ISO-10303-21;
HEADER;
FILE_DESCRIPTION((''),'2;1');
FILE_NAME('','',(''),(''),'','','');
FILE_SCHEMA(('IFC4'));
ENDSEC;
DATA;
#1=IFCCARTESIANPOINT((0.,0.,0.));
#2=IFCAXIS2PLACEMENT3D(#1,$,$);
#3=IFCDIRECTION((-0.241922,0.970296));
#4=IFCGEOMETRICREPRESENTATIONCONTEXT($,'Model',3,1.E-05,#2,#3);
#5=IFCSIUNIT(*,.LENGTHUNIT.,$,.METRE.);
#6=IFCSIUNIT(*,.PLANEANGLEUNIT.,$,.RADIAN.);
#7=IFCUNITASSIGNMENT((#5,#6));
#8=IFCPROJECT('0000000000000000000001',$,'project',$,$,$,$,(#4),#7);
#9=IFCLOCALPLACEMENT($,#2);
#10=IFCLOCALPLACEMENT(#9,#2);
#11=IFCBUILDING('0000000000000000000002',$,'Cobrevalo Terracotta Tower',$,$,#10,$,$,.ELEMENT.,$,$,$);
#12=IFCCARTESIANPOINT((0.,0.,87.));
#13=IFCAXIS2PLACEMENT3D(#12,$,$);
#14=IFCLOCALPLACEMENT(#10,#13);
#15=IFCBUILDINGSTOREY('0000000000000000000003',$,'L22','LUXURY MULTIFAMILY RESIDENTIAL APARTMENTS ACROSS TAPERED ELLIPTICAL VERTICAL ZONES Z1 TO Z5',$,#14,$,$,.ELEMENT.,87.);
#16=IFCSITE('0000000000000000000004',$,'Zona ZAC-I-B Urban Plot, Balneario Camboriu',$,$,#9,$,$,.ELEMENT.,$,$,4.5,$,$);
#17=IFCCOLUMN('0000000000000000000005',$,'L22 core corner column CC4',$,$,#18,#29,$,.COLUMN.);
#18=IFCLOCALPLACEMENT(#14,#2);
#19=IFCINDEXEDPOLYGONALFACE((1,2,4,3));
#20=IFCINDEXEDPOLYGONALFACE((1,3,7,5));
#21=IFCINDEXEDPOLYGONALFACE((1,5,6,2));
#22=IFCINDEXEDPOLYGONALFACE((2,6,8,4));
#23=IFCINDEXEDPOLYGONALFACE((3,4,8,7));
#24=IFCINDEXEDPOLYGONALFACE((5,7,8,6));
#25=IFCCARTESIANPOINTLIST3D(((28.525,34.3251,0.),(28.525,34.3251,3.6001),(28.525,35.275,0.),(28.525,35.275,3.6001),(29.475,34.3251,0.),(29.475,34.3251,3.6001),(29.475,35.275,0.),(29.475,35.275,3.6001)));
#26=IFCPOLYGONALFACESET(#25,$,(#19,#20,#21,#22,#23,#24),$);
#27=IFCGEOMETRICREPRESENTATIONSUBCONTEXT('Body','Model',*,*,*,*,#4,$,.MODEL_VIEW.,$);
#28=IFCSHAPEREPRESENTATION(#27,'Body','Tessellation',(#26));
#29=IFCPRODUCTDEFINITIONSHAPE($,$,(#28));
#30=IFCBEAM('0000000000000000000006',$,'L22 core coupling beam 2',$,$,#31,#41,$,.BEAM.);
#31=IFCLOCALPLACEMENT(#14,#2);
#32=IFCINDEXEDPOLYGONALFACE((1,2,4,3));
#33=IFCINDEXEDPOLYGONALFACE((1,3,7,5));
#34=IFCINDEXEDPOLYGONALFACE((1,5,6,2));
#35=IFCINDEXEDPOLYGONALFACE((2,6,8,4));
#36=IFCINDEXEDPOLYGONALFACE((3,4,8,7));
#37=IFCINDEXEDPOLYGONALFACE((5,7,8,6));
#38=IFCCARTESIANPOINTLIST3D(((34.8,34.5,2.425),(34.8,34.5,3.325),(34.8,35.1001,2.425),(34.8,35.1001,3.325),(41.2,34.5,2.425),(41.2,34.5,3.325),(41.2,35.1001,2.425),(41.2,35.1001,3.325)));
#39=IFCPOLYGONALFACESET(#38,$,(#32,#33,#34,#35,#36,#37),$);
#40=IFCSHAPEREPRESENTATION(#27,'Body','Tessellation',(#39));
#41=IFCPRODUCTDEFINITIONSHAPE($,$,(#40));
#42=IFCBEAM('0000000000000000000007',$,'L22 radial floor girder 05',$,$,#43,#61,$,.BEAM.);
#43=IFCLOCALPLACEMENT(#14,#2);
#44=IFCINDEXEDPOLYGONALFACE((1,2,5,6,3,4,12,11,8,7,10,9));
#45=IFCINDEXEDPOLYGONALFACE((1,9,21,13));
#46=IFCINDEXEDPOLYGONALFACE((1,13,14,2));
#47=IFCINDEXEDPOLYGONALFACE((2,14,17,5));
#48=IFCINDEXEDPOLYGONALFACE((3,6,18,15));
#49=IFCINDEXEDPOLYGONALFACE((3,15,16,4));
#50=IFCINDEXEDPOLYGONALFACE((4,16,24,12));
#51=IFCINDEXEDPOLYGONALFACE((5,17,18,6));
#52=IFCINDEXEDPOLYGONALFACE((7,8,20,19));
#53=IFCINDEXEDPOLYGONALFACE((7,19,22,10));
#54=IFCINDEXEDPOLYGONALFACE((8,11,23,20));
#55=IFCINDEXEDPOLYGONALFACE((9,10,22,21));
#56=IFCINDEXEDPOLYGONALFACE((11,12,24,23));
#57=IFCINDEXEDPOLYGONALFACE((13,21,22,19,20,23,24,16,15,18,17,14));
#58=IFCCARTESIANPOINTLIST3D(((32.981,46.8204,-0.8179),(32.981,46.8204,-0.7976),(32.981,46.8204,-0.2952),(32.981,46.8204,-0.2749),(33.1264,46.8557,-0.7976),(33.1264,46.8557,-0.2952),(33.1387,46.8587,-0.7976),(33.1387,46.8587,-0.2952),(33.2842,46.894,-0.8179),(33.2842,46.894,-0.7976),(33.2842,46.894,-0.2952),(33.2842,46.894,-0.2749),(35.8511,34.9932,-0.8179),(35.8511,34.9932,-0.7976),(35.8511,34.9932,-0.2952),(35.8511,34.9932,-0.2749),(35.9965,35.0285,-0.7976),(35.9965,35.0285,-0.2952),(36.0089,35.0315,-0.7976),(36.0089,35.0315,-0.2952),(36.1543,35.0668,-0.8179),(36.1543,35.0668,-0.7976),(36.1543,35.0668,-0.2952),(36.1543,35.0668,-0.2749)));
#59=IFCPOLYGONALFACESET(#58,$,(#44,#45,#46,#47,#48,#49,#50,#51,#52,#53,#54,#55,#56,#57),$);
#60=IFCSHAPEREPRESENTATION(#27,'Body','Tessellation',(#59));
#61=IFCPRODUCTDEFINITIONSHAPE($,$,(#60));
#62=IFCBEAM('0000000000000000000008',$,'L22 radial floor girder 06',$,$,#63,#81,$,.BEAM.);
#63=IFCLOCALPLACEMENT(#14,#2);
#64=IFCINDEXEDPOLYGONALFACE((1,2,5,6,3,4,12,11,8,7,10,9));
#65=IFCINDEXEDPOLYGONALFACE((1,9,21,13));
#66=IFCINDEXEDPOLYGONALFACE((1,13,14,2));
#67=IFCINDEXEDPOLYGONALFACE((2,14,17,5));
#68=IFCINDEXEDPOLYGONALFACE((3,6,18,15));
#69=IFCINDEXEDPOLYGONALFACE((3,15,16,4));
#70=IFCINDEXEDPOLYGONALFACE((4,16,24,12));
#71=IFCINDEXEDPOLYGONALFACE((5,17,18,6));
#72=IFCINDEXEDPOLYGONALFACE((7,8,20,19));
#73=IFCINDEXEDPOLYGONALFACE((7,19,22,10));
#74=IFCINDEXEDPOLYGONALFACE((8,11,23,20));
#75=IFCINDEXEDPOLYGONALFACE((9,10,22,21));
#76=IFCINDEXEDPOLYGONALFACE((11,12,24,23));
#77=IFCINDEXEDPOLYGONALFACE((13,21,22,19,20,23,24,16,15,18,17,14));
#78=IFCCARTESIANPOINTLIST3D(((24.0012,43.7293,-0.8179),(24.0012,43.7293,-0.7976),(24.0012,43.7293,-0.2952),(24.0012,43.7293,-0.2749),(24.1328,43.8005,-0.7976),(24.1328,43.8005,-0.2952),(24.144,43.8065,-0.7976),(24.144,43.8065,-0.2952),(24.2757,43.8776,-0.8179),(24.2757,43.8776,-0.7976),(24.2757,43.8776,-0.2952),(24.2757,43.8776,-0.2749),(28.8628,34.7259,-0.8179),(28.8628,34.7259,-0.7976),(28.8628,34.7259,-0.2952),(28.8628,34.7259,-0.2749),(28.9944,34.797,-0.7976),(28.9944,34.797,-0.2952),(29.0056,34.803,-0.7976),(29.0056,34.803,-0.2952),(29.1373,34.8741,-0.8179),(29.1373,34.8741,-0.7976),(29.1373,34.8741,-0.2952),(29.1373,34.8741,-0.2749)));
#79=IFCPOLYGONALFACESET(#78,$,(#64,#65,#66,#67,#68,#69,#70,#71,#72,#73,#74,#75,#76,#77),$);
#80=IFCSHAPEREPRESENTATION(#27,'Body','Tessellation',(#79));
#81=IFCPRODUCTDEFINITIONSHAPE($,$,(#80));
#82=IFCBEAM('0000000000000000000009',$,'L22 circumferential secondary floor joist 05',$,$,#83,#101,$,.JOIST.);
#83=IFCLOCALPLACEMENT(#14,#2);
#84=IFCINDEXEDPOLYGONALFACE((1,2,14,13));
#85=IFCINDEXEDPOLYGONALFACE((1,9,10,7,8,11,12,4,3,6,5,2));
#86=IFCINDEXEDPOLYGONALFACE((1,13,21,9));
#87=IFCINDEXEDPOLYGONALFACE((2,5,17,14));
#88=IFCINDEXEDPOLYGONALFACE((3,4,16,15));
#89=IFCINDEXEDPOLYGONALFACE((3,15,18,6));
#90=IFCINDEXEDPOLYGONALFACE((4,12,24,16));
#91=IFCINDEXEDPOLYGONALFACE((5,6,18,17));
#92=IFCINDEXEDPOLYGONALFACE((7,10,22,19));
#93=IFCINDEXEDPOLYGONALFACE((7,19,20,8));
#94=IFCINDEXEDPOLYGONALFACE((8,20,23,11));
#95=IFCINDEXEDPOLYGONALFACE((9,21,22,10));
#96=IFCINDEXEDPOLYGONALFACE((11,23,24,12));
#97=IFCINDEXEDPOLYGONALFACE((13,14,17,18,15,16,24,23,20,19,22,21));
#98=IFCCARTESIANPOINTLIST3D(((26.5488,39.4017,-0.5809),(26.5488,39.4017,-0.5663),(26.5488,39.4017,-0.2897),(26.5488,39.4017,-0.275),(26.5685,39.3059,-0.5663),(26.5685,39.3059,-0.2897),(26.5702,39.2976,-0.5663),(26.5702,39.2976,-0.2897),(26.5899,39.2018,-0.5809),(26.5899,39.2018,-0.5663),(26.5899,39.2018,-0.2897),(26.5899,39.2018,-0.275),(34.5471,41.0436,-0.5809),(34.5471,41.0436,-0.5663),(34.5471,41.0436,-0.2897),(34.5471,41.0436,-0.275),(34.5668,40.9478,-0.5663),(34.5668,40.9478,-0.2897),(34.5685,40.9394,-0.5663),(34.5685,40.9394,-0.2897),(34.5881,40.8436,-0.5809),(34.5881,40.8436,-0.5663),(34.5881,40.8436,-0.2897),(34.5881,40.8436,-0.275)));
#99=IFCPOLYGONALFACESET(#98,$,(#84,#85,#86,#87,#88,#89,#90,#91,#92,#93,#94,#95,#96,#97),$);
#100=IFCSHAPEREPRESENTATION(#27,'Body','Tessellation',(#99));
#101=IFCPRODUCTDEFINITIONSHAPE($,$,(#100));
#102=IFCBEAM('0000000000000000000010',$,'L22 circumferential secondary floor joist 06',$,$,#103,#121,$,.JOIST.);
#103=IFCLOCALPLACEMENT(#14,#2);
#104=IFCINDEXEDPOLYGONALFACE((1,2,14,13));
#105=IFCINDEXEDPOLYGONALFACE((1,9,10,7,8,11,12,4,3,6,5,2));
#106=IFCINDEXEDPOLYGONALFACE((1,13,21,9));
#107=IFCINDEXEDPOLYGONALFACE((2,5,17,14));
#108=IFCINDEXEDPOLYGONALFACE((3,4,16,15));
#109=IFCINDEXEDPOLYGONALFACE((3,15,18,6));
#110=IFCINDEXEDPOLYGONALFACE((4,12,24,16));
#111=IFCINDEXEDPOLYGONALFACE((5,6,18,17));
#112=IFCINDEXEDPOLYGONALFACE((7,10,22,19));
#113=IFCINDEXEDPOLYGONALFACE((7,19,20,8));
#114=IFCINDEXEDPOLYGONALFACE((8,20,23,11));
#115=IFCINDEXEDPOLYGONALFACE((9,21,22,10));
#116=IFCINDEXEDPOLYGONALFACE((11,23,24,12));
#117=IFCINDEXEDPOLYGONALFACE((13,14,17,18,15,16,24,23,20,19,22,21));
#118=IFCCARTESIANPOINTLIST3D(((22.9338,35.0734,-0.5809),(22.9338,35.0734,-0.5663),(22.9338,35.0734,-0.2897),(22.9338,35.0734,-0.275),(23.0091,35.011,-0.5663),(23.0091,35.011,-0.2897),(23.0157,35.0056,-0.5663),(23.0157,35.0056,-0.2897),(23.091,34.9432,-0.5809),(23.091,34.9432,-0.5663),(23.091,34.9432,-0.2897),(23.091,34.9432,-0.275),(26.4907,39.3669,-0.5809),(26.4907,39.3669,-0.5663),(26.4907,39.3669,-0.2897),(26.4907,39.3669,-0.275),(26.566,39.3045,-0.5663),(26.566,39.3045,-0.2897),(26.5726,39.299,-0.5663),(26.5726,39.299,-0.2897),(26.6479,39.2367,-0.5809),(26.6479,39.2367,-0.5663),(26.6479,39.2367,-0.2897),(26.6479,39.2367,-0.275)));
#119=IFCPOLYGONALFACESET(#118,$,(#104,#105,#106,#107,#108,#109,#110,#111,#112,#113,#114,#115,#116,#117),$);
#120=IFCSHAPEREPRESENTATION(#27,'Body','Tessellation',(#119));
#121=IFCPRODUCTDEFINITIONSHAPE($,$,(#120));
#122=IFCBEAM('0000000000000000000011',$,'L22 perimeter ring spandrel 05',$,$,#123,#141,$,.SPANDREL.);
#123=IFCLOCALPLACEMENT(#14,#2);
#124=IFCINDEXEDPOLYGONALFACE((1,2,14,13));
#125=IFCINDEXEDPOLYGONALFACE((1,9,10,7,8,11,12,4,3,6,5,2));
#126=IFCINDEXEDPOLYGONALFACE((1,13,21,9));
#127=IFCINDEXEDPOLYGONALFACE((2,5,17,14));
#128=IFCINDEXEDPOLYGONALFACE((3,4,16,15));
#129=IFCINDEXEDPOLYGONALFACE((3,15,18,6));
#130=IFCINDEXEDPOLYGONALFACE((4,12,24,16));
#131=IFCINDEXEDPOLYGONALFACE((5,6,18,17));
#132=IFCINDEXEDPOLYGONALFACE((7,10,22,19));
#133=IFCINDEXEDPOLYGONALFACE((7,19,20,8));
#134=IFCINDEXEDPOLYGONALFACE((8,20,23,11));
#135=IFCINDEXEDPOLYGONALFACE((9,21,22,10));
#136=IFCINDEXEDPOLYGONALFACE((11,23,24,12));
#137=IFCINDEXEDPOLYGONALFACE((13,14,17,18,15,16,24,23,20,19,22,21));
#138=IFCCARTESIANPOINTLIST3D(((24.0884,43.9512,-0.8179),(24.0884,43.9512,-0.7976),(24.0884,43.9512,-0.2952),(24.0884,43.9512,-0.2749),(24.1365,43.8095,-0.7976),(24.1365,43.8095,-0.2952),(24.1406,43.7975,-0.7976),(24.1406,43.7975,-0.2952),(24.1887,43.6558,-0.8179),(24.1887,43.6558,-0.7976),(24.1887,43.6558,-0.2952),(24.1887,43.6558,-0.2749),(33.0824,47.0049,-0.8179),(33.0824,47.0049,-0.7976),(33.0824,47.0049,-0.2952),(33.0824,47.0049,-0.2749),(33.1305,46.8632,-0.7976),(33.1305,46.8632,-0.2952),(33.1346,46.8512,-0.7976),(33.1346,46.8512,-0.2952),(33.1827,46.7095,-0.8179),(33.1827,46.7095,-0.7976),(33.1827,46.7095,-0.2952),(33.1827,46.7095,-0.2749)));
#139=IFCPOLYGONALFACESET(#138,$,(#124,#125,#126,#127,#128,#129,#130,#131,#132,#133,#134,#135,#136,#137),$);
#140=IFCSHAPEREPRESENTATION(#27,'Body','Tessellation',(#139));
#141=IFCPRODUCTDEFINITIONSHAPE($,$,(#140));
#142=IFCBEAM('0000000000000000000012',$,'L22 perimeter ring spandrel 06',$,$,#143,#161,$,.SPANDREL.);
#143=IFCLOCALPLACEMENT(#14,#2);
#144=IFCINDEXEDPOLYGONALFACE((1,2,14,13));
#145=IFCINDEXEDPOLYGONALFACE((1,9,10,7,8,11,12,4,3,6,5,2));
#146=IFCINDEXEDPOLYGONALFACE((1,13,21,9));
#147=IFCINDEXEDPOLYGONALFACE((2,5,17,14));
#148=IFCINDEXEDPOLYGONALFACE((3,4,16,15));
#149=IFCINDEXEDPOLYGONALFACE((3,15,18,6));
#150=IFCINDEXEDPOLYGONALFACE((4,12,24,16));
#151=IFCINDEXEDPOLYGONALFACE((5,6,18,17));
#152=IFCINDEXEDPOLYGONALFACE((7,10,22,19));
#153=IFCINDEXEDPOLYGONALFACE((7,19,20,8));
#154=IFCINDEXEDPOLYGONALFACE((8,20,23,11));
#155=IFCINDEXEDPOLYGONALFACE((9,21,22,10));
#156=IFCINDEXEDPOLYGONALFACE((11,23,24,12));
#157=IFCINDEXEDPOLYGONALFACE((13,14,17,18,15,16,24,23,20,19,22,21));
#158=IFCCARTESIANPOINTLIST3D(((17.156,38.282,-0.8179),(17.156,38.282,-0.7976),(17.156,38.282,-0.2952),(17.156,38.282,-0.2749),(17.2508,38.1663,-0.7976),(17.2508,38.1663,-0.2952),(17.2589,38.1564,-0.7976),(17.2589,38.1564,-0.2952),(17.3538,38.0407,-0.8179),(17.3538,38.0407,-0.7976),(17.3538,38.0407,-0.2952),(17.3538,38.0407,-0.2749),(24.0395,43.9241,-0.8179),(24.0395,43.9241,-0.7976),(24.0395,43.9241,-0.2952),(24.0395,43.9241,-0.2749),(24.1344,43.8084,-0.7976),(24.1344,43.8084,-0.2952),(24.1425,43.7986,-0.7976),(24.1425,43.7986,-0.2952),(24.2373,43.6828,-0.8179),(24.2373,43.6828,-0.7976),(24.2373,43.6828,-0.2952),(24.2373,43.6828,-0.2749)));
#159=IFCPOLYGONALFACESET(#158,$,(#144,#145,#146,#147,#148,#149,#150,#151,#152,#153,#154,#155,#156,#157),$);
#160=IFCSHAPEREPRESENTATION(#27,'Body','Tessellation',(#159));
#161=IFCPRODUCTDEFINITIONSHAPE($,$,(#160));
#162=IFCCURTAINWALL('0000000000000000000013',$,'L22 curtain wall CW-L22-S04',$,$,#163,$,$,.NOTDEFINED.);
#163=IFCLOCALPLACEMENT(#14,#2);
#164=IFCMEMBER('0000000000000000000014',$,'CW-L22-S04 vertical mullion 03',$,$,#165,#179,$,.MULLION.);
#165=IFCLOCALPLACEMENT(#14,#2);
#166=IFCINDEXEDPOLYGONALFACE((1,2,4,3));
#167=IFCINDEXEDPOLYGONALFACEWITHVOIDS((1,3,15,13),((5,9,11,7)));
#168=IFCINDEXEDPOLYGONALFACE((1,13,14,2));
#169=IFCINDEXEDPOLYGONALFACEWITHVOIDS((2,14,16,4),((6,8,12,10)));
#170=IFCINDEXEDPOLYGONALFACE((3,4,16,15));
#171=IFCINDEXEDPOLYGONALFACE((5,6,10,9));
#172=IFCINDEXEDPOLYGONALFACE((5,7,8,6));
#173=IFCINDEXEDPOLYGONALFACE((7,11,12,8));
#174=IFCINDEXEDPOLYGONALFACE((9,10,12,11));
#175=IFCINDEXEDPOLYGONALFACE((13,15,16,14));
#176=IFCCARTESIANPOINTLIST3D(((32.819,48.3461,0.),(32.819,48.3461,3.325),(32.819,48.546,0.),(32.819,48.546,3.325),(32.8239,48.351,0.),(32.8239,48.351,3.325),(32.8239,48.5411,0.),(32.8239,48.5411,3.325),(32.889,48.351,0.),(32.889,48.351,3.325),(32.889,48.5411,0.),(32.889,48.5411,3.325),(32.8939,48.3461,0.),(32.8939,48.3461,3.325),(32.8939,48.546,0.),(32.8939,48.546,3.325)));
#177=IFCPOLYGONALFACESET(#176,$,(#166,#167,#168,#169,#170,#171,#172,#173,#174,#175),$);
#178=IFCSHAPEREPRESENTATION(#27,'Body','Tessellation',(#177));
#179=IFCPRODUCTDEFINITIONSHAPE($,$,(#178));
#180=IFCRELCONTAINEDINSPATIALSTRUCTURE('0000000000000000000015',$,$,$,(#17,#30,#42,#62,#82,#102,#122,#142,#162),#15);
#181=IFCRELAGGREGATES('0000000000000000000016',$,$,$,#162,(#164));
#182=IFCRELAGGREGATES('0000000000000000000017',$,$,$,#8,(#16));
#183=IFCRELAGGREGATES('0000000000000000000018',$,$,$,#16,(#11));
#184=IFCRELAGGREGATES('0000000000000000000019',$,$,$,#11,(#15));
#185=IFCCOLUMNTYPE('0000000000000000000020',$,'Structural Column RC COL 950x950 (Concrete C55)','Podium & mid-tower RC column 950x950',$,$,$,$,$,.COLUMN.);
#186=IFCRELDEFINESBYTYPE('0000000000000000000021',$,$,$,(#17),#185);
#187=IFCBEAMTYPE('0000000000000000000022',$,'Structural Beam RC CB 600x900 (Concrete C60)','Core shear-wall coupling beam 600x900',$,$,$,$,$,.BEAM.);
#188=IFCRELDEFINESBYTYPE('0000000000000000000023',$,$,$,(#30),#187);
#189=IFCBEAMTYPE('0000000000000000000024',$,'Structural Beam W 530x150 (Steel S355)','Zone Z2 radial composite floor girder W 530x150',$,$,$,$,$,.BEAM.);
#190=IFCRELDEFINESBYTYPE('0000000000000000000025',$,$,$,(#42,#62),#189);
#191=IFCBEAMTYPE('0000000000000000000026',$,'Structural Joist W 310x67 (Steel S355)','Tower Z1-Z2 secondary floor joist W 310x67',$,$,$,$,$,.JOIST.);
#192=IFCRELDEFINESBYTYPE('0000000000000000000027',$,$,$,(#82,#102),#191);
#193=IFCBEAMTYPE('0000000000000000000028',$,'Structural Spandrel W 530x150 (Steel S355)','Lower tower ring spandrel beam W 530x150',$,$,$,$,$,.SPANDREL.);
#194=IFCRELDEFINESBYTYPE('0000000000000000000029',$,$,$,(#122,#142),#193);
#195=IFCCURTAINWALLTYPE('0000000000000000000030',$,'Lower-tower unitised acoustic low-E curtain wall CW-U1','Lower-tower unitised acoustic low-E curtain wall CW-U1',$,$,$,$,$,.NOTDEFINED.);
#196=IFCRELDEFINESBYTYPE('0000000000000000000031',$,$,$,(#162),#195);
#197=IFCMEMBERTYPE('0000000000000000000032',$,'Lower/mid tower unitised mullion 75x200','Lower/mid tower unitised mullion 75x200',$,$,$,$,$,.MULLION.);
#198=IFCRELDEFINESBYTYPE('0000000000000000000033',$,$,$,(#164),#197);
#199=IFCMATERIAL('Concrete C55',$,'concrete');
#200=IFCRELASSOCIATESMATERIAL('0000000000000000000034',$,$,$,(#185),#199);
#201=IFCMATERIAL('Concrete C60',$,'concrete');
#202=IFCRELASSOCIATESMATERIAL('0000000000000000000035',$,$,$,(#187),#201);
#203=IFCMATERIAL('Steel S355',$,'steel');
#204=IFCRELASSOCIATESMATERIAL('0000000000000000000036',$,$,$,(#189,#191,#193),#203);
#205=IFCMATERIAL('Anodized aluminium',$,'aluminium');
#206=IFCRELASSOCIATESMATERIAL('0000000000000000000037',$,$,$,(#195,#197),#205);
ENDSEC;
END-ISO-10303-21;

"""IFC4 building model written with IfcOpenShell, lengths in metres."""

from ifc_helpers import new_model, si_unit, direction, frame, origin, origin_2d, place, context, subcontext, project, spatial, rectangle, hollow_rectangle, i_section, extrude, source, transform, mapped, material, material_profile, profile_set, type_object, element, aggregate, save


model = new_model("IFC4")

# Units and contexts
model_context = context("Model", 3, precision=1e-05, world=origin(), true_north=direction((-0.241922, 0.970296)))
body_context = subcontext(model_context, "Body", "Model", "MODEL_VIEW")
ifc_project = project(units=[si_unit("LENGTHUNIT", "METRE"), si_unit("PLANEANGLEUNIT", "RADIAN")], contexts=[model_context])

# Site, building, storey
site_placement = place(None, origin())
site = spatial("IfcSite", under=ifc_project, at=site_placement, Name="Zona ZAC-I-B Urban Plot, Balneario Camboriu", CompositionType="ELEMENT", RefElevation=4.5)
building_placement = place(site_placement, origin())
building = spatial("IfcBuilding", under=site, at=building_placement, Name="Cobrevalo Terracotta Tower", CompositionType="ELEMENT")
storey_placement = place(building_placement, frame((0.0, 0.0, 87.0)))
storey = spatial("IfcBuildingStorey", under=building, at=storey_placement, Name="L22", Description="LUXURY MULTIFAMILY RESIDENTIAL APARTMENTS ACROSS TAPERED ELLIPTICAL VERTICAL ZONES Z1 TO Z5", CompositionType="ELEMENT", Elevation=87.0)

# Column
ifc_material_1 = material(Name="Steel S355", Category="steel")
ifc_material_2 = material(Name="Concrete C55", Category="concrete")
ifc_material_profile_1 = material_profile(ifc_material_2, rectangle(XDim=0.95, YDim=0.95, at=origin_2d()), Name="RC COL 950x950")
ifc_profile_set_1 = profile_set([ifc_material_profile_1], Name="Concrete C55")
column_type_1 = type_object("IfcColumnType", Name="Structural Column RC COL 950x950 (Concrete C55)", Description="Podium & mid-tower RC column 950x950", PredefinedType="COLUMN", material=ifc_profile_set_1)
column_placement = place(storey_placement, frame((29.0, 34.8, 0.0), z_axis=(0.0, 0.0, 1.0), x_axis=(1.0, 0.0, 0.0)))
element("IfcColumn", 1, at=column_placement, inside=storey, type_object=column_type_1, Name="L22 core corner column CC4", PredefinedType="COLUMN", context=body_context, shape_type="SweptSolid", body=[
    extrude(rectangle(XDim=0.95, YDim=0.95, at=origin_2d()), origin(), (0.0, 0.0, 1.0), 3.6001),
])

# Beams
ifc_material_3 = material(Name="Concrete C60", Category="concrete")
ifc_material_profile_2 = material_profile(ifc_material_3, rectangle(XDim=0.6001, YDim=0.8999, at=origin_2d()), Name="RC CB 600x900")
ifc_profile_set_2 = profile_set([ifc_material_profile_2], Name="Concrete C60")
beam_type_1 = type_object("IfcBeamType", Name="Structural Beam RC CB 600x900 (Concrete C60)", Description="Core shear-wall coupling beam 600x900", PredefinedType="BEAM", material=ifc_profile_set_2)
beam_1_placement = place(storey_placement, frame((34.8, 34.8, 2.875), z_axis=(1.0, 0.0, 0.0), x_axis=(0.0, 1.0, 0.0)))
element("IfcBeam", 2, at=beam_1_placement, inside=storey, type_object=beam_type_1, Name="L22 core coupling beam 2", PredefinedType="BEAM", context=body_context, shape_type="SweptSolid", body=[
    extrude(rectangle(XDim=0.6001, YDim=0.8999, at=origin_2d()), origin(), (0.0, 0.0, 1.0), 6.3999),
])
ifc_material_profile_3 = material_profile(ifc_material_1, i_section(OverallWidth=0.312, OverallDepth=0.543, WebThickness=0.0127, FlangeThickness=0.0203, at=origin_2d()), Name="W 530x150")
ifc_profile_set_3 = profile_set([ifc_material_profile_3], Name="Steel S355")
beam_type_2 = type_object("IfcBeamType", Name="Structural Beam W 530x150 (Steel S355)", Description="Zone Z2 radial composite floor girder W 530x150", PredefinedType="BEAM", material=ifc_profile_set_3)
beam_2_placement = place(storey_placement, frame((33.1326, 46.8572, -0.5464), z_axis=(0.235827, -0.971795, 0.0), x_axis=(0.971795, 0.235827, 0.0)))
element("IfcBeam", 3, at=beam_2_placement, inside=storey, type_object=beam_type_2, Name="L22 radial floor girder 05", PredefinedType="BEAM", context=body_context, shape_type="SweptSolid", body=[
    extrude(i_section(OverallWidth=0.312, OverallDepth=0.543, WebThickness=0.0127, FlangeThickness=0.0203, at=origin_2d()), origin(), (0.0, 0.0, 1.0), 12.1704),
])
beam_3_placement = place(storey_placement, frame((24.1384, 43.8035, -0.5464), z_axis=(0.475128, -0.879917, 0.0), x_axis=(0.879917, 0.475128, 0.0)))
element("IfcBeam", 4, at=beam_3_placement, inside=storey, type_object=beam_type_2, Name="L22 radial floor girder 06", PredefinedType="BEAM", context=body_context, shape_type="SweptSolid", body=[
    extrude(i_section(OverallWidth=0.312, OverallDepth=0.543, WebThickness=0.0127, FlangeThickness=0.0203, at=origin_2d()), origin(), (0.0, 0.0, 1.0), 10.2322),
])
ifc_material_profile_4 = material_profile(ifc_material_1, i_section(OverallWidth=0.2041, OverallDepth=0.3059, WebThickness=0.0085, FlangeThickness=0.0146, at=origin_2d()), Name="W 310x67")
ifc_profile_set_4 = profile_set([ifc_material_profile_4], Name="Steel S355")
beam_type_3 = type_object("IfcBeamType", Name="Structural Joist W 310x67 (Steel S355)", Description="Tower Z1-Z2 secondary floor joist W 310x67", PredefinedType="JOIST", material=ifc_profile_set_4)
beam_4_placement = place(storey_placement, frame((34.5676, 40.9436, -0.428), z_axis=(-0.979574, -0.201082, 0.0), x_axis=(0.201082, -0.979574, 0.0)))
element("IfcBeam", 5, at=beam_4_placement, inside=storey, type_object=beam_type_3, Name="L22 circumferential secondary floor joist 05", PredefinedType="JOIST", context=body_context, shape_type="SweptSolid", body=[
    extrude(i_section(OverallWidth=0.2041, OverallDepth=0.3059, WebThickness=0.0085, FlangeThickness=0.0146, at=origin_2d()), origin(), (0.0, 0.0, 1.0), 8.165),
])
beam_5_placement = place(storey_placement, frame((26.5693, 39.3018, -0.428), z_axis=(-0.637959, -0.77007, 0.0), x_axis=(0.77007, -0.637959, 0.0)))
element("IfcBeam", 6, at=beam_5_placement, inside=storey, type_object=beam_type_3, Name="L22 circumferential secondary floor joist 06", PredefinedType="JOIST", context=body_context, shape_type="SweptSolid", body=[
    extrude(i_section(OverallWidth=0.2041, OverallDepth=0.3059, WebThickness=0.0085, FlangeThickness=0.0146, at=origin_2d()), origin(), (0.0, 0.0, 1.0), 5.5754),
])
ifc_material_profile_5 = material_profile(ifc_material_1, i_section(OverallWidth=0.312, OverallDepth=0.543, WebThickness=0.0127, FlangeThickness=0.0203, at=origin_2d()), Name="W 530x150")
ifc_profile_set_5 = profile_set([ifc_material_profile_5], Name="Steel S355")
beam_type_4 = type_object("IfcBeamType", Name="Structural Spandrel W 530x150 (Steel S355)", Description="Lower tower ring spandrel beam W 530x150", PredefinedType="SPANDREL", material=ifc_profile_set_5)
beam_6_placement = place(storey_placement, frame((33.1326, 46.8572, -0.5464), z_axis=(-0.946911, -0.321497, 0.0), x_axis=(0.321497, -0.946911, 0.0)))
element("IfcBeam", 7, at=beam_6_placement, inside=storey, type_object=beam_type_4, Name="L22 perimeter ring spandrel 05", PredefinedType="SPANDREL", context=body_context, shape_type="SweptSolid", body=[
    extrude(i_section(OverallWidth=0.312, OverallDepth=0.543, WebThickness=0.0127, FlangeThickness=0.0203, at=origin_2d()), origin(), (0.0, 0.0, 1.0), 9.4983),
])
beam_7_placement = place(storey_placement, frame((24.1384, 43.8035, -0.5464), z_axis=(-0.773401, -0.633917, 0.0), x_axis=(0.633917, -0.773401, 0.0)))
element("IfcBeam", 8, at=beam_7_placement, inside=storey, type_object=beam_type_4, Name="L22 perimeter ring spandrel 06", PredefinedType="SPANDREL", context=body_context, shape_type="SweptSolid", body=[
    extrude(i_section(OverallWidth=0.312, OverallDepth=0.543, WebThickness=0.0127, FlangeThickness=0.0203, at=origin_2d()), origin(), (0.0, 0.0, 1.0), 8.9004),
])

# Curtain wall, member
ifc_material_4 = material(Name="Anodized aluminium", Category="aluminium")
curtain_wall_type = type_object("IfcCurtainWallType", Name="Lower-tower unitised acoustic low-E curtain wall CW-U1", Description="Lower-tower unitised acoustic low-E curtain wall CW-U1", PredefinedType="NOTDEFINED", material=ifc_material_4)
curtain_wall_1_placement = place(storey_placement, origin())
curtain_wall_1 = element("IfcCurtainWall", 9, at=curtain_wall_1_placement, inside=storey, type_object=curtain_wall_type, Name="L22 curtain wall CW-L22-S04", PredefinedType="NOTDEFINED")
ifc_material_profile_6 = material_profile(ifc_material_4, hollow_rectangle(XDim=0.075, YDim=0.2, WallThickness=0.0049, at=origin_2d()), Name="CWM 75x200")
ifc_profile_set_6 = profile_set([ifc_material_profile_6], Name="Anodized aluminium")
member_type_1 = type_object("IfcMemberType", Name="Lower/mid tower unitised mullion 75x200", Description="Lower/mid tower unitised mullion 75x200", PredefinedType="MULLION", material=ifc_profile_set_6)
shared_shape_1 = source(origin(), body_context, "Body", "SweptSolid", [
    extrude(hollow_rectangle(XDim=0.075, YDim=0.2, WallThickness=0.0049, at=origin_2d()), origin(), (0.0, 0.0, 1.0), 3.325),
])
member_1_placement = place(storey_placement, frame((32.8564, 48.446, 0.0), z_axis=(0.0, 0.0, 1.0), x_axis=(-1.0, 0.0, 0.0)))
member_1 = element("IfcMember", 10, at=member_1_placement, type_object=member_type_1, Name="CW-L22-S04 vertical mullion 03", PredefinedType="MULLION", context=body_context, shape_type="MappedRepresentation", body=[
    mapped(shared_shape_1, transform((0.0, 0.0, 0.0), scale=1.0)),
])
aggregate(curtain_wall_1, [member_1])

save(model, "model.ifc")
